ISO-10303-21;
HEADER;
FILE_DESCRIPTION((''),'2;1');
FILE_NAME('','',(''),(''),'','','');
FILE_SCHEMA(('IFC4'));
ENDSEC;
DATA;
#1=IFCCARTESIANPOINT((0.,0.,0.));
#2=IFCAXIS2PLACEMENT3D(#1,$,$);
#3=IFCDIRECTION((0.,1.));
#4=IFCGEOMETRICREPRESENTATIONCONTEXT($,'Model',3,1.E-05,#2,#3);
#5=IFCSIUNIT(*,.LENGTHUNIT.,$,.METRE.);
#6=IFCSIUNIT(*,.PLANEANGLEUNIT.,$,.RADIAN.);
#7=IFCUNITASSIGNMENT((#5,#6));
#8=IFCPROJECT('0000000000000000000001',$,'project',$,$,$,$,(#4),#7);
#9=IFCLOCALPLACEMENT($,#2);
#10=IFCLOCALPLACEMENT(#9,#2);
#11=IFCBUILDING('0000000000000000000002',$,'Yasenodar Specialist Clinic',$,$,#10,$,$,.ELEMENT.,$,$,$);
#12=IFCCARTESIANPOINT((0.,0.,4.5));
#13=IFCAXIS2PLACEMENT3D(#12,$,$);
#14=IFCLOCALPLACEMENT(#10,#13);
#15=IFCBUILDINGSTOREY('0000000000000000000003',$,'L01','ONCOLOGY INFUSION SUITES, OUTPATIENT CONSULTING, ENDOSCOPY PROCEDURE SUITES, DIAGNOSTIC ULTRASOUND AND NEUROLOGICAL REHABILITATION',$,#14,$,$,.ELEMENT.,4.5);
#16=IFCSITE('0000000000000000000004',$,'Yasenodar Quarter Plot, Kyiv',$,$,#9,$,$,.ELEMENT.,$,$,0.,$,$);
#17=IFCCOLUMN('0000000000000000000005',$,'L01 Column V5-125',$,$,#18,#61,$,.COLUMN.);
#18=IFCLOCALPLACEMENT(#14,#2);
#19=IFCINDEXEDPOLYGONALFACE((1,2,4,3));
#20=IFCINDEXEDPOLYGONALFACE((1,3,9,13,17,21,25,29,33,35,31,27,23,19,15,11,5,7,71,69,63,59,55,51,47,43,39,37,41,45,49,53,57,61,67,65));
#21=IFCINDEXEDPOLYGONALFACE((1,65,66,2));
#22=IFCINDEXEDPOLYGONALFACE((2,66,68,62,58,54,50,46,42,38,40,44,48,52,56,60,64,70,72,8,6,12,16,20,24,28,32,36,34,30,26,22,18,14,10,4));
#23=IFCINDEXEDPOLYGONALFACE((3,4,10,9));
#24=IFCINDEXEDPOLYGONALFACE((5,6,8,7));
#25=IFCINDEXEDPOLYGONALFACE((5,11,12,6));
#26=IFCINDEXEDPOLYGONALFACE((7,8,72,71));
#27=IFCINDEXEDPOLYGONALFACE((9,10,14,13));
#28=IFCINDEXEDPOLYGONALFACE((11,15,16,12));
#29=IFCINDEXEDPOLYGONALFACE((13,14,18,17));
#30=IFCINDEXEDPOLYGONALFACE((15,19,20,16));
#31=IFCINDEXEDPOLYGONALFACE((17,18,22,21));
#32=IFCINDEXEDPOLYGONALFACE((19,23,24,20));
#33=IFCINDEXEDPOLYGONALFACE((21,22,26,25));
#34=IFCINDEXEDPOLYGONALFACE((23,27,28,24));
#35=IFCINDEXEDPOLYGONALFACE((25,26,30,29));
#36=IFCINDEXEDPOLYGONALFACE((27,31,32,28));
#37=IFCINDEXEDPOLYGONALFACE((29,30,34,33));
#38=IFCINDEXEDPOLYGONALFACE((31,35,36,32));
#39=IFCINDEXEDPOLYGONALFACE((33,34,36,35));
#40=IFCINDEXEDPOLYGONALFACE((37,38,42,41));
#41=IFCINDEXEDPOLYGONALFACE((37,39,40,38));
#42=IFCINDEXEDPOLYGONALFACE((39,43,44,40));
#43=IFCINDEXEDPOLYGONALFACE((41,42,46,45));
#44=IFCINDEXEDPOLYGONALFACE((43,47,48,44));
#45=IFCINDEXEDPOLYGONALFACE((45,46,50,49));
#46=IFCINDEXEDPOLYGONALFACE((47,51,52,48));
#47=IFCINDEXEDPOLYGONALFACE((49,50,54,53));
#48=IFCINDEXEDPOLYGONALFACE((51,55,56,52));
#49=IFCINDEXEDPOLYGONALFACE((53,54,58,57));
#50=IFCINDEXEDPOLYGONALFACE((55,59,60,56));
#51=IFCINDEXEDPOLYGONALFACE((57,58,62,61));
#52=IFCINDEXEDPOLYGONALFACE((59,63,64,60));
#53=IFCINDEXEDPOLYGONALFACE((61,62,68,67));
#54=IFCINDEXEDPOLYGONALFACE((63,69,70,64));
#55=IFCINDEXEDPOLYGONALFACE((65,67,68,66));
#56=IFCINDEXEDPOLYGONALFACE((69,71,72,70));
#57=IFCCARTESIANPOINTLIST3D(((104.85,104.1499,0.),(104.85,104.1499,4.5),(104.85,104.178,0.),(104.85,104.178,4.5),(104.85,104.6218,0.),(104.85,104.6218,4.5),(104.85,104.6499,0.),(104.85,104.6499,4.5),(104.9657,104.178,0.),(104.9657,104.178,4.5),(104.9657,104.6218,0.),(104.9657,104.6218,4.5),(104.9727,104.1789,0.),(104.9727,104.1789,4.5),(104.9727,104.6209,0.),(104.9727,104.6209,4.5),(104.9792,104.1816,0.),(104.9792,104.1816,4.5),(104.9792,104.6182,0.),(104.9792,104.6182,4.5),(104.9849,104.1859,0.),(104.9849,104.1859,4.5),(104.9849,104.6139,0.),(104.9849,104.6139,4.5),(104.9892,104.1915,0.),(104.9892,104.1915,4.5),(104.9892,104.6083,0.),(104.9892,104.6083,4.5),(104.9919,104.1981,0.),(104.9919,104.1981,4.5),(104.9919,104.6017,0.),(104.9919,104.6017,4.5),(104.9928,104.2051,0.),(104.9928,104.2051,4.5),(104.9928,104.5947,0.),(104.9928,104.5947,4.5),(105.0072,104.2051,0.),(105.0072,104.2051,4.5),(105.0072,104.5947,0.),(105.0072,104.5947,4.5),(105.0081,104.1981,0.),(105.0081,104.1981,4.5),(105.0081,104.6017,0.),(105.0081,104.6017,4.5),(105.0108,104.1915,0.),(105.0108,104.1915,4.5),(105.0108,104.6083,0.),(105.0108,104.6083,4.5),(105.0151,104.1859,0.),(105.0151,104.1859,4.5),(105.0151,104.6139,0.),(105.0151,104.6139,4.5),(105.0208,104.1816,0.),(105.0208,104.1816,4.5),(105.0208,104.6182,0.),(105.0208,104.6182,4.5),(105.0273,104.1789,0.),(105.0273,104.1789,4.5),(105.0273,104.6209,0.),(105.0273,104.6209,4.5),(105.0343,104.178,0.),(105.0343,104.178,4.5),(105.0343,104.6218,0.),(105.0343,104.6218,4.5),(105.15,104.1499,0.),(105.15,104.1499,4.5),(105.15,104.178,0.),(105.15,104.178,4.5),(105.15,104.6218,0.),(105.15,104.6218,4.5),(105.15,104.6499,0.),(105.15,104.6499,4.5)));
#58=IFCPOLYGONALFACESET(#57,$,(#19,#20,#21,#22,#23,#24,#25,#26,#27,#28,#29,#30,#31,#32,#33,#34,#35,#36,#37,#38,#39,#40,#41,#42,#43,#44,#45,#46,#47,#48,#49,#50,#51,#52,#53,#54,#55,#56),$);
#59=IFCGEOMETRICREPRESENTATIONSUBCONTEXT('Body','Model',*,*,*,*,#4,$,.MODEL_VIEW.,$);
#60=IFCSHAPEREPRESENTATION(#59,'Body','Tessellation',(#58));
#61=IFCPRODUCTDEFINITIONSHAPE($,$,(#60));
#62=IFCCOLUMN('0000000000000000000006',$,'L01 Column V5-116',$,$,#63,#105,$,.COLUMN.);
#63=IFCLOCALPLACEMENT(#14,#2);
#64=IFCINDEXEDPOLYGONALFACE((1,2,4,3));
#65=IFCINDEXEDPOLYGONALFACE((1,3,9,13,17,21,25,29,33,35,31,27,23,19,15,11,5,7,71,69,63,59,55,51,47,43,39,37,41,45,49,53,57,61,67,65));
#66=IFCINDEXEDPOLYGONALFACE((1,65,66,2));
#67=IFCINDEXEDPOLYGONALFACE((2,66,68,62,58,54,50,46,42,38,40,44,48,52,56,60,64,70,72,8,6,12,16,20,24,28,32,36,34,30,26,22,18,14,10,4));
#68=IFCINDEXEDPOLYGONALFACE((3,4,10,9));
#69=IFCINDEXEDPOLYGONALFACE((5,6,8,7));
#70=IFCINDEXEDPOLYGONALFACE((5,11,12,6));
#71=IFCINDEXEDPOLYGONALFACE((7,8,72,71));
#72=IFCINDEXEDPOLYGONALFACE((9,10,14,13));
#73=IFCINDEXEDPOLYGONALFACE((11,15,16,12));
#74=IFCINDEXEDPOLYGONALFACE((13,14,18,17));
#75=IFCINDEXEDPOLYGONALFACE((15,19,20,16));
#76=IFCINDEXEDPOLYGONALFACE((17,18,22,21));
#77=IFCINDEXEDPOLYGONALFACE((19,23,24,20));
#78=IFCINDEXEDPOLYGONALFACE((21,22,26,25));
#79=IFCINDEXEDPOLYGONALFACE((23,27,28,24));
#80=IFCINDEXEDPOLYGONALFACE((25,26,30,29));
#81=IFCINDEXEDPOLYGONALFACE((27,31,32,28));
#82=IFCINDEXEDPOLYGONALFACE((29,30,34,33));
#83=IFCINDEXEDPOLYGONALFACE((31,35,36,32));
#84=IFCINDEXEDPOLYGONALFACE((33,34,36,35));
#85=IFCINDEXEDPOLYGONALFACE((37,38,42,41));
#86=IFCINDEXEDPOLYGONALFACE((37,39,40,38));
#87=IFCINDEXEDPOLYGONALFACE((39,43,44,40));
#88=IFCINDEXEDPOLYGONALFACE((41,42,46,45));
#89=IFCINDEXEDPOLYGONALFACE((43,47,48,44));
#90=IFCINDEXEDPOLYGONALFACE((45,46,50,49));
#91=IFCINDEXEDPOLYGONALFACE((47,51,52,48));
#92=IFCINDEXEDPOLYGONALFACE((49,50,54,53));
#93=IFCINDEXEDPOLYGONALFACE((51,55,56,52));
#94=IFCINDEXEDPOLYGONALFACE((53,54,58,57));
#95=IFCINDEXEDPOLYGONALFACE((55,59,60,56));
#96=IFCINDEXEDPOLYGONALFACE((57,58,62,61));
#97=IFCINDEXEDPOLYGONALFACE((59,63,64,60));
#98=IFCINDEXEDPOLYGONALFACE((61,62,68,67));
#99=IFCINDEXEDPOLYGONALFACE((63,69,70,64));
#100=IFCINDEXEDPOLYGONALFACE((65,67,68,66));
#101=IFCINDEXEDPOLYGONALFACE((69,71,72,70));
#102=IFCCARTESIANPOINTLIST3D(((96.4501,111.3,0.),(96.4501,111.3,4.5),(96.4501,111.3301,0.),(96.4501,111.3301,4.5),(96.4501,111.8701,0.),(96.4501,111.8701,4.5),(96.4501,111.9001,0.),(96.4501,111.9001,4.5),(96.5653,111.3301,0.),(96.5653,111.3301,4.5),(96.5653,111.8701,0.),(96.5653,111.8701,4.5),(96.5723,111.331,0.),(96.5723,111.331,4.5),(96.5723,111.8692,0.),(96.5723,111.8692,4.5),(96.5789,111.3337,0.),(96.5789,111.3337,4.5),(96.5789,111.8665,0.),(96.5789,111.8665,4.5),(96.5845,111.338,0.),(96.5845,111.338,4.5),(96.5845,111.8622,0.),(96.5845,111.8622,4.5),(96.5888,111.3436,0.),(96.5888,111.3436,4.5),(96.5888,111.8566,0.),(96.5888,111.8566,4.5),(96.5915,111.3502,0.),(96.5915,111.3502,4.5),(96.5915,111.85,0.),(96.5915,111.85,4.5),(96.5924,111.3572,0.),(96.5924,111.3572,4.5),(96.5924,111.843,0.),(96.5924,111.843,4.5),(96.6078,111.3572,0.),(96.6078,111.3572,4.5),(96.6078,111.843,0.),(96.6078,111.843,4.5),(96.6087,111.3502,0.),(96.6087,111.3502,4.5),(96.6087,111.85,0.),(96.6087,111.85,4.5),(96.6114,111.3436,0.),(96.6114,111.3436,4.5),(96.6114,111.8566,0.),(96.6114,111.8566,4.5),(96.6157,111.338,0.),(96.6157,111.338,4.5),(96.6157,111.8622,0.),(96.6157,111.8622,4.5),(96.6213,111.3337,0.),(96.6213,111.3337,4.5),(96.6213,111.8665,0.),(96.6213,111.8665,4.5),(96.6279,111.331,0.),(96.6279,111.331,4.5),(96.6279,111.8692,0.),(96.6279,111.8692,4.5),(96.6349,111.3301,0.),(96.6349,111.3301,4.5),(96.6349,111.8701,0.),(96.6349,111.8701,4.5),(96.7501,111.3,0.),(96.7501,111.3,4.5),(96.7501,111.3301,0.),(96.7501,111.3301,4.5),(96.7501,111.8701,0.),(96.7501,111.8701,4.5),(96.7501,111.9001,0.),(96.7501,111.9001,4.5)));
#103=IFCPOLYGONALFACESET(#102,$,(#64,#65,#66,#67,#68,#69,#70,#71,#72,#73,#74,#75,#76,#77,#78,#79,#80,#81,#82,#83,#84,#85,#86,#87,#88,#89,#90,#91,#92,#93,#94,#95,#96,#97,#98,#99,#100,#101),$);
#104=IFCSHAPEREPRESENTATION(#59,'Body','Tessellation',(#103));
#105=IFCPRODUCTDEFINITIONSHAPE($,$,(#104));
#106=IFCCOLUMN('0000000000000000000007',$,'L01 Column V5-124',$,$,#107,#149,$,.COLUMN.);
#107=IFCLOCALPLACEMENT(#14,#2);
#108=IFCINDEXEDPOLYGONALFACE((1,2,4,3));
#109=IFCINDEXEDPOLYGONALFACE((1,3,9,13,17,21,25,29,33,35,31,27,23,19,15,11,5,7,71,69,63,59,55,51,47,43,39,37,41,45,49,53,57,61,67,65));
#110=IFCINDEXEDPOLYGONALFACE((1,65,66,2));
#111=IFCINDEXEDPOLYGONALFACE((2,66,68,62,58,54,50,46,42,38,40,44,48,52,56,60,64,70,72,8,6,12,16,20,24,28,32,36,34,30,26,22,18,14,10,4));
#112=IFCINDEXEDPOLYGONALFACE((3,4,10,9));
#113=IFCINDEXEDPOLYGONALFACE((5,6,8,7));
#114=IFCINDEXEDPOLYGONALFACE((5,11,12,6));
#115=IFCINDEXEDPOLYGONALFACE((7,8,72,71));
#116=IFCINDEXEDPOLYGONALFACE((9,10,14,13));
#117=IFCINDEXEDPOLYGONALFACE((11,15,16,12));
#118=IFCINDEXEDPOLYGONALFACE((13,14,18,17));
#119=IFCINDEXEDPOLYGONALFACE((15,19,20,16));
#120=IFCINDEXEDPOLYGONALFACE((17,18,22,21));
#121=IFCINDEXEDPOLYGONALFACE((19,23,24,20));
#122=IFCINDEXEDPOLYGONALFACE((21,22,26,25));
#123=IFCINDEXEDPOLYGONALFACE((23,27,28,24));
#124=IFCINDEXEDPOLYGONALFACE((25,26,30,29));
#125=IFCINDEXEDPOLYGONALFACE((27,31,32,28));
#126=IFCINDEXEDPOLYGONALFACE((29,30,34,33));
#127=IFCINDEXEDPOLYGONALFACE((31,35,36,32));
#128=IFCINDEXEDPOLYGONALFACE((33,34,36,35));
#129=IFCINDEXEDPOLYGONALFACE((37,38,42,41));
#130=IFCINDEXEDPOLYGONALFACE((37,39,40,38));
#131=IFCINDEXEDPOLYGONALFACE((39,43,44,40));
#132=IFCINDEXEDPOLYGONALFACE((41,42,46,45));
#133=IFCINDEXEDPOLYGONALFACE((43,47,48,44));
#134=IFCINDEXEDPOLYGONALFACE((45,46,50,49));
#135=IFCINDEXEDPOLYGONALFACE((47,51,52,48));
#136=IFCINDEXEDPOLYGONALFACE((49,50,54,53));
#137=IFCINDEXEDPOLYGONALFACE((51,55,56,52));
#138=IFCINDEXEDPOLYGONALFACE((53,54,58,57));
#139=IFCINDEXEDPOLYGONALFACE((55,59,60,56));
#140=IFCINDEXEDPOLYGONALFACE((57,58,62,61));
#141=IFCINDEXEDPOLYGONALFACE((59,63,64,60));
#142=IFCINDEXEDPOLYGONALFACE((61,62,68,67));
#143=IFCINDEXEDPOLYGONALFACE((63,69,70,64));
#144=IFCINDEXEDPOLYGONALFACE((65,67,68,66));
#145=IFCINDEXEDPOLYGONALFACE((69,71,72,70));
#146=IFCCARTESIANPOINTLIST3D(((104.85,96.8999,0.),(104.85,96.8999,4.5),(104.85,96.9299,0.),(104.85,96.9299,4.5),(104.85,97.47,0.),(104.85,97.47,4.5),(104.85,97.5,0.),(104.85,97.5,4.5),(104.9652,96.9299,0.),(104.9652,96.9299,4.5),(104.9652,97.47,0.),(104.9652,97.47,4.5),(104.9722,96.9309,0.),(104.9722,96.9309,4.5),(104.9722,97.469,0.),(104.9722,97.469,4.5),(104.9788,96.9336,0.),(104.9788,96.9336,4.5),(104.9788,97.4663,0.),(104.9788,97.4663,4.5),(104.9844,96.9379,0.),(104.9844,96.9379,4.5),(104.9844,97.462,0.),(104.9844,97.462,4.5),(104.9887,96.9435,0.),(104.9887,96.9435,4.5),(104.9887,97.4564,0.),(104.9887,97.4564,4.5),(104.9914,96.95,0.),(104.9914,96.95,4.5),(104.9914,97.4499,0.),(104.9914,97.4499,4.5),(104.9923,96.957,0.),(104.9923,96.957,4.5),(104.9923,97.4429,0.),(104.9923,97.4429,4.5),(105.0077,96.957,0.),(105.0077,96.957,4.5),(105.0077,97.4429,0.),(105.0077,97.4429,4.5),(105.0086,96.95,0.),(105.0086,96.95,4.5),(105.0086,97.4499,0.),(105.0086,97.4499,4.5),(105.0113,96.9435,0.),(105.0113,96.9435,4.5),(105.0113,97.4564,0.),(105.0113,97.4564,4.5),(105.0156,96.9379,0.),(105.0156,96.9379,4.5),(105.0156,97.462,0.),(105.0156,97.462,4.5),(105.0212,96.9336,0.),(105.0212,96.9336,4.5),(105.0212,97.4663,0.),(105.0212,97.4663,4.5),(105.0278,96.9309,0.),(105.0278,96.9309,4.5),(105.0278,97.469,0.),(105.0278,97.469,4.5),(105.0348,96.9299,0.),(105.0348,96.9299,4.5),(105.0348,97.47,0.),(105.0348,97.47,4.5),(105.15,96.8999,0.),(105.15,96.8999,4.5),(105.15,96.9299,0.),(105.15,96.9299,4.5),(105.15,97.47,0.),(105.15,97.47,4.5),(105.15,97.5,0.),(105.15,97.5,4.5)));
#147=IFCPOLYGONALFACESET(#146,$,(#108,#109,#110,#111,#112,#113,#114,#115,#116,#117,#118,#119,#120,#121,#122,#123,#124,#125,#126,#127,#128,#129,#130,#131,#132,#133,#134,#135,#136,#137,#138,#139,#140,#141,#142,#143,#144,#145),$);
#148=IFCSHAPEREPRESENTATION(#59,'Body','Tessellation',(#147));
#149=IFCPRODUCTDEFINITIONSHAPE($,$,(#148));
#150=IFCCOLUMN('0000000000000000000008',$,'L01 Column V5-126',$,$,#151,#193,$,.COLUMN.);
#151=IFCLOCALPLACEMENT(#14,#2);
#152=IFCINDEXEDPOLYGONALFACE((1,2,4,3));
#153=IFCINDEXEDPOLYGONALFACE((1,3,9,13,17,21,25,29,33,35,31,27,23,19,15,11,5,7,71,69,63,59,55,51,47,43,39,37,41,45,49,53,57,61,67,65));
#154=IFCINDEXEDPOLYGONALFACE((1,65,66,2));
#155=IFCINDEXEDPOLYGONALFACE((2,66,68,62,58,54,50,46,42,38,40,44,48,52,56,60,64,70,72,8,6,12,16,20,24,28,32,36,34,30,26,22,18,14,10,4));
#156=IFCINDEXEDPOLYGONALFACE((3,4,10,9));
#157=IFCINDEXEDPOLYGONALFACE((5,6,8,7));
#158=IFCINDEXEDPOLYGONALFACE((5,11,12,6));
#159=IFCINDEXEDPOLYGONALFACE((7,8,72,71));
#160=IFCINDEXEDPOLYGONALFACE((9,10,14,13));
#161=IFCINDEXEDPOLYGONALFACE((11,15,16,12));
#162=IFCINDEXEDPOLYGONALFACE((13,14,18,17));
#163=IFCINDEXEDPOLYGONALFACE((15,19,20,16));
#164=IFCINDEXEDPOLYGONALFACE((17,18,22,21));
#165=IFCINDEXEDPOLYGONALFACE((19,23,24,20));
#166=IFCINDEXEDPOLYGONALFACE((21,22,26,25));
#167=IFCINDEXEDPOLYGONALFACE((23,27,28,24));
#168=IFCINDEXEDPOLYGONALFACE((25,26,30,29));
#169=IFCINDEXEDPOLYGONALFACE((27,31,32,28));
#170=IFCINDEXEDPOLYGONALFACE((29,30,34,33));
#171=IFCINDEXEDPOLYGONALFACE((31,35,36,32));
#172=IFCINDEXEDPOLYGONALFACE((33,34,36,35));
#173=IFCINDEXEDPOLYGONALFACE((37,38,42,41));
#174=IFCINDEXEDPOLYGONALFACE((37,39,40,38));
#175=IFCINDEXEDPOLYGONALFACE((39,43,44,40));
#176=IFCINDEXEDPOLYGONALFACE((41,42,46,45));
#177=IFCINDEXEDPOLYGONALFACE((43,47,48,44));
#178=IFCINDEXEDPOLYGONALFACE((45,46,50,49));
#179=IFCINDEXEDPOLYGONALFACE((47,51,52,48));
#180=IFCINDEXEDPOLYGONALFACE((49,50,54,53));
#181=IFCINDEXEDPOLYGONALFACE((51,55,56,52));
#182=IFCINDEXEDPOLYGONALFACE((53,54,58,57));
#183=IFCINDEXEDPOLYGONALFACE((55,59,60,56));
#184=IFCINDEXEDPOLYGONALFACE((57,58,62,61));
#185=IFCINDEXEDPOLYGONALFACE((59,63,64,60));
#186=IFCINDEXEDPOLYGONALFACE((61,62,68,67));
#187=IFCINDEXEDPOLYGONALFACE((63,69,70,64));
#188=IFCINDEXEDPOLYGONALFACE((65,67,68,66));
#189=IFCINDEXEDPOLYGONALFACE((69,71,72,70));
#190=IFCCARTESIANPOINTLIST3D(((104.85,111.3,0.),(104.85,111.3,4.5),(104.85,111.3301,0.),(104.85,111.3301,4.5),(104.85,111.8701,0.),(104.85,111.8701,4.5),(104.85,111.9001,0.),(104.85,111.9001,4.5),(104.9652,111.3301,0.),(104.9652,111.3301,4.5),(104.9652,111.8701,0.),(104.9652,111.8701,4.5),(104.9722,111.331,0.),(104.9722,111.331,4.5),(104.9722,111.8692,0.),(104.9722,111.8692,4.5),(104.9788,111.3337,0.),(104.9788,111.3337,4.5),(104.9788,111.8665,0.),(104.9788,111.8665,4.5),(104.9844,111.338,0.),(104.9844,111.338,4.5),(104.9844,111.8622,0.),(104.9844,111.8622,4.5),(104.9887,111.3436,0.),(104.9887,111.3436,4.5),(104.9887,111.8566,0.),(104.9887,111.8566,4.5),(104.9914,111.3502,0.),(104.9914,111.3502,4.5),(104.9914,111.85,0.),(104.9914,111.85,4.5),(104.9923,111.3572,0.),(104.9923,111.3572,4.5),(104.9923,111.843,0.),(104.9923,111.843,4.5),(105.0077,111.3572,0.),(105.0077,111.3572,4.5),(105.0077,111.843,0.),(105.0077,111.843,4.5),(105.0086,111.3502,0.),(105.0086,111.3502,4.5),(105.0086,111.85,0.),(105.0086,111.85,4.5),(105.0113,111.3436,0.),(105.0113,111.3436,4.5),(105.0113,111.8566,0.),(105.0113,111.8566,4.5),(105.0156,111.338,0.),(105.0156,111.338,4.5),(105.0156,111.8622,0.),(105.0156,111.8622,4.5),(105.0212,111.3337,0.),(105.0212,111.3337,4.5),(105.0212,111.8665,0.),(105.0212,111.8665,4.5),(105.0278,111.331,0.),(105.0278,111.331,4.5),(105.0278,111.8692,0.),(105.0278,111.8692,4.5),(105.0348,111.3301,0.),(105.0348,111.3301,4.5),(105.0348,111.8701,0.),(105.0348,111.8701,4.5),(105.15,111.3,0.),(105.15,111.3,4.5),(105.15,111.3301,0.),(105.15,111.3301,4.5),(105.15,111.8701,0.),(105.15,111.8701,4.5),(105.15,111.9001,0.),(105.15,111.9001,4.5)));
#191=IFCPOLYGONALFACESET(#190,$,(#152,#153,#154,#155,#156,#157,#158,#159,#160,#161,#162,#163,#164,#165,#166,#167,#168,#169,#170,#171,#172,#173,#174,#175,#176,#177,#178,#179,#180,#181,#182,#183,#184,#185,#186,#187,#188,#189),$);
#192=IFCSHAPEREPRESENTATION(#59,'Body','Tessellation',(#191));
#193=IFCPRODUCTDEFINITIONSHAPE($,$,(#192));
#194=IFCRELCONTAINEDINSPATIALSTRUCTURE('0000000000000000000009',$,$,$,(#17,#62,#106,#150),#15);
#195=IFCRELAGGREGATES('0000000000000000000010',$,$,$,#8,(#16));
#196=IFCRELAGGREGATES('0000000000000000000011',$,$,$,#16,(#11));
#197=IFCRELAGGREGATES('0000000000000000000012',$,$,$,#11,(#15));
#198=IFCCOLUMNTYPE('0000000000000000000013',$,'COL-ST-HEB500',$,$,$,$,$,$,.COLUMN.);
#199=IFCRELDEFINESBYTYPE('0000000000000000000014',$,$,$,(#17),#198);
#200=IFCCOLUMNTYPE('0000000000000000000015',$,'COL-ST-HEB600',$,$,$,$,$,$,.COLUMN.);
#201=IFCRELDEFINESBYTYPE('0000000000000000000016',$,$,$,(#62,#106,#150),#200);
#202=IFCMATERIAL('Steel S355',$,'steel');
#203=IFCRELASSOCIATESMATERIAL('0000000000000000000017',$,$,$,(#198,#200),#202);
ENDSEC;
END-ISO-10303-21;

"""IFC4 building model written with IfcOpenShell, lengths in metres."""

from ifc_helpers import new_model, si_unit, direction, frame, origin, origin_2d, place, context, subcontext, project, spatial, i_section, extrude, material, material_profile, profile_set, type_object, element, save


model = new_model("IFC4")

# Units and contexts
model_context = context("Model", 3, precision=1e-05, world=origin(), true_north=direction((0.0, 1.0)))
body_context = subcontext(model_context, "Body", "Model", "MODEL_VIEW")
ifc_project = project(units=[si_unit("LENGTHUNIT", "METRE"), si_unit("PLANEANGLEUNIT", "RADIAN")], contexts=[model_context])

# Site, building, storey
site_placement = place(None, origin())
site = spatial("IfcSite", under=ifc_project, at=site_placement, Name="Yasenodar Quarter Plot, Kyiv", CompositionType="ELEMENT", RefElevation=0.0)
building_placement = place(site_placement, origin())
building = spatial("IfcBuilding", under=site, at=building_placement, Name="Yasenodar Specialist Clinic", CompositionType="ELEMENT")
storey_placement = place(building_placement, frame((0.0, 0.0, 4.5)))
storey = spatial("IfcBuildingStorey", under=building, at=storey_placement, Name="L01", Description="ONCOLOGY INFUSION SUITES, OUTPATIENT CONSULTING, ENDOSCOPY PROCEDURE SUITES, DIAGNOSTIC ULTRASOUND AND NEUROLOGICAL REHABILITATION", CompositionType="ELEMENT", Elevation=4.5)

# Columns
ifc_material_1 = material(Name="Steel S355", Category="steel")
ifc_material_profile_1 = material_profile(ifc_material_1, i_section(OverallWidth=0.3, OverallDepth=0.5, WebThickness=0.0144, FlangeThickness=0.0281, FilletRadius=0.0271, at=origin_2d()), Name="HEB 500")
ifc_profile_set_1 = profile_set([ifc_material_profile_1], Name="Steel S355")
column_type_1 = type_object("IfcColumnType", Name="COL-ST-HEB500", PredefinedType="COLUMN", material=ifc_profile_set_1)
column_placement = place(storey_placement, frame((105.0, 104.3999, 0.0), z_axis=(0.0, 0.0, 1.0), x_axis=(1.0, 0.0, 0.0)))
element("IfcColumn", 1, at=column_placement, inside=storey, type_object=column_type_1, Name="L01 Column V5-125", PredefinedType="COLUMN", context=body_context, shape_type="SweptSolid", body=[
    extrude(i_section(OverallWidth=0.3, OverallDepth=0.5, WebThickness=0.0144, FlangeThickness=0.0281, FilletRadius=0.0271, at=origin_2d()), origin(), (0.0, 0.0, 1.0), 4.5),
])
ifc_material_profile_2 = material_profile(ifc_material_1, i_section(OverallWidth=0.3, OverallDepth=0.6001, WebThickness=0.0154, FlangeThickness=0.03, FilletRadius=0.0271, at=origin_2d()), Name="HEB 600")
ifc_profile_set_2 = profile_set([ifc_material_profile_2], Name="Steel S355")
column_type_2 = type_object("IfcColumnType", Name="COL-ST-HEB600", PredefinedType="COLUMN", material=ifc_profile_set_2)
for number, where, z_axis, x_axis, name in (
    (2, (96.6001, 111.6001, 0.0), (0.0, 0.0, 1.0), (1.0, 0.0, 0.0), "L01 Column V5-116"),
    (3, (105.0, 97.2, 0.0), (0.0, 0.0, 1.0), (1.0, 0.0, 0.0), "L01 Column V5-124"),
    (4, (105.0, 111.6001, 0.0), (0.0, 0.0, 1.0), (1.0, 0.0, 0.0), "L01 Column V5-126"),
):
    element("IfcColumn", number, at=place(storey_placement, frame(where, z_axis=z_axis, x_axis=x_axis)), inside=storey, type_object=column_type_2, Name=name, PredefinedType="COLUMN", context=body_context, shape_type="SweptSolid", body=[
        extrude(i_section(OverallWidth=0.3, OverallDepth=0.6001, WebThickness=0.0154, FlangeThickness=0.03, FilletRadius=0.0271, at=origin_2d()), origin(), (0.0, 0.0, 1.0), 4.5),
    ])

save(model, "model.ifc")
